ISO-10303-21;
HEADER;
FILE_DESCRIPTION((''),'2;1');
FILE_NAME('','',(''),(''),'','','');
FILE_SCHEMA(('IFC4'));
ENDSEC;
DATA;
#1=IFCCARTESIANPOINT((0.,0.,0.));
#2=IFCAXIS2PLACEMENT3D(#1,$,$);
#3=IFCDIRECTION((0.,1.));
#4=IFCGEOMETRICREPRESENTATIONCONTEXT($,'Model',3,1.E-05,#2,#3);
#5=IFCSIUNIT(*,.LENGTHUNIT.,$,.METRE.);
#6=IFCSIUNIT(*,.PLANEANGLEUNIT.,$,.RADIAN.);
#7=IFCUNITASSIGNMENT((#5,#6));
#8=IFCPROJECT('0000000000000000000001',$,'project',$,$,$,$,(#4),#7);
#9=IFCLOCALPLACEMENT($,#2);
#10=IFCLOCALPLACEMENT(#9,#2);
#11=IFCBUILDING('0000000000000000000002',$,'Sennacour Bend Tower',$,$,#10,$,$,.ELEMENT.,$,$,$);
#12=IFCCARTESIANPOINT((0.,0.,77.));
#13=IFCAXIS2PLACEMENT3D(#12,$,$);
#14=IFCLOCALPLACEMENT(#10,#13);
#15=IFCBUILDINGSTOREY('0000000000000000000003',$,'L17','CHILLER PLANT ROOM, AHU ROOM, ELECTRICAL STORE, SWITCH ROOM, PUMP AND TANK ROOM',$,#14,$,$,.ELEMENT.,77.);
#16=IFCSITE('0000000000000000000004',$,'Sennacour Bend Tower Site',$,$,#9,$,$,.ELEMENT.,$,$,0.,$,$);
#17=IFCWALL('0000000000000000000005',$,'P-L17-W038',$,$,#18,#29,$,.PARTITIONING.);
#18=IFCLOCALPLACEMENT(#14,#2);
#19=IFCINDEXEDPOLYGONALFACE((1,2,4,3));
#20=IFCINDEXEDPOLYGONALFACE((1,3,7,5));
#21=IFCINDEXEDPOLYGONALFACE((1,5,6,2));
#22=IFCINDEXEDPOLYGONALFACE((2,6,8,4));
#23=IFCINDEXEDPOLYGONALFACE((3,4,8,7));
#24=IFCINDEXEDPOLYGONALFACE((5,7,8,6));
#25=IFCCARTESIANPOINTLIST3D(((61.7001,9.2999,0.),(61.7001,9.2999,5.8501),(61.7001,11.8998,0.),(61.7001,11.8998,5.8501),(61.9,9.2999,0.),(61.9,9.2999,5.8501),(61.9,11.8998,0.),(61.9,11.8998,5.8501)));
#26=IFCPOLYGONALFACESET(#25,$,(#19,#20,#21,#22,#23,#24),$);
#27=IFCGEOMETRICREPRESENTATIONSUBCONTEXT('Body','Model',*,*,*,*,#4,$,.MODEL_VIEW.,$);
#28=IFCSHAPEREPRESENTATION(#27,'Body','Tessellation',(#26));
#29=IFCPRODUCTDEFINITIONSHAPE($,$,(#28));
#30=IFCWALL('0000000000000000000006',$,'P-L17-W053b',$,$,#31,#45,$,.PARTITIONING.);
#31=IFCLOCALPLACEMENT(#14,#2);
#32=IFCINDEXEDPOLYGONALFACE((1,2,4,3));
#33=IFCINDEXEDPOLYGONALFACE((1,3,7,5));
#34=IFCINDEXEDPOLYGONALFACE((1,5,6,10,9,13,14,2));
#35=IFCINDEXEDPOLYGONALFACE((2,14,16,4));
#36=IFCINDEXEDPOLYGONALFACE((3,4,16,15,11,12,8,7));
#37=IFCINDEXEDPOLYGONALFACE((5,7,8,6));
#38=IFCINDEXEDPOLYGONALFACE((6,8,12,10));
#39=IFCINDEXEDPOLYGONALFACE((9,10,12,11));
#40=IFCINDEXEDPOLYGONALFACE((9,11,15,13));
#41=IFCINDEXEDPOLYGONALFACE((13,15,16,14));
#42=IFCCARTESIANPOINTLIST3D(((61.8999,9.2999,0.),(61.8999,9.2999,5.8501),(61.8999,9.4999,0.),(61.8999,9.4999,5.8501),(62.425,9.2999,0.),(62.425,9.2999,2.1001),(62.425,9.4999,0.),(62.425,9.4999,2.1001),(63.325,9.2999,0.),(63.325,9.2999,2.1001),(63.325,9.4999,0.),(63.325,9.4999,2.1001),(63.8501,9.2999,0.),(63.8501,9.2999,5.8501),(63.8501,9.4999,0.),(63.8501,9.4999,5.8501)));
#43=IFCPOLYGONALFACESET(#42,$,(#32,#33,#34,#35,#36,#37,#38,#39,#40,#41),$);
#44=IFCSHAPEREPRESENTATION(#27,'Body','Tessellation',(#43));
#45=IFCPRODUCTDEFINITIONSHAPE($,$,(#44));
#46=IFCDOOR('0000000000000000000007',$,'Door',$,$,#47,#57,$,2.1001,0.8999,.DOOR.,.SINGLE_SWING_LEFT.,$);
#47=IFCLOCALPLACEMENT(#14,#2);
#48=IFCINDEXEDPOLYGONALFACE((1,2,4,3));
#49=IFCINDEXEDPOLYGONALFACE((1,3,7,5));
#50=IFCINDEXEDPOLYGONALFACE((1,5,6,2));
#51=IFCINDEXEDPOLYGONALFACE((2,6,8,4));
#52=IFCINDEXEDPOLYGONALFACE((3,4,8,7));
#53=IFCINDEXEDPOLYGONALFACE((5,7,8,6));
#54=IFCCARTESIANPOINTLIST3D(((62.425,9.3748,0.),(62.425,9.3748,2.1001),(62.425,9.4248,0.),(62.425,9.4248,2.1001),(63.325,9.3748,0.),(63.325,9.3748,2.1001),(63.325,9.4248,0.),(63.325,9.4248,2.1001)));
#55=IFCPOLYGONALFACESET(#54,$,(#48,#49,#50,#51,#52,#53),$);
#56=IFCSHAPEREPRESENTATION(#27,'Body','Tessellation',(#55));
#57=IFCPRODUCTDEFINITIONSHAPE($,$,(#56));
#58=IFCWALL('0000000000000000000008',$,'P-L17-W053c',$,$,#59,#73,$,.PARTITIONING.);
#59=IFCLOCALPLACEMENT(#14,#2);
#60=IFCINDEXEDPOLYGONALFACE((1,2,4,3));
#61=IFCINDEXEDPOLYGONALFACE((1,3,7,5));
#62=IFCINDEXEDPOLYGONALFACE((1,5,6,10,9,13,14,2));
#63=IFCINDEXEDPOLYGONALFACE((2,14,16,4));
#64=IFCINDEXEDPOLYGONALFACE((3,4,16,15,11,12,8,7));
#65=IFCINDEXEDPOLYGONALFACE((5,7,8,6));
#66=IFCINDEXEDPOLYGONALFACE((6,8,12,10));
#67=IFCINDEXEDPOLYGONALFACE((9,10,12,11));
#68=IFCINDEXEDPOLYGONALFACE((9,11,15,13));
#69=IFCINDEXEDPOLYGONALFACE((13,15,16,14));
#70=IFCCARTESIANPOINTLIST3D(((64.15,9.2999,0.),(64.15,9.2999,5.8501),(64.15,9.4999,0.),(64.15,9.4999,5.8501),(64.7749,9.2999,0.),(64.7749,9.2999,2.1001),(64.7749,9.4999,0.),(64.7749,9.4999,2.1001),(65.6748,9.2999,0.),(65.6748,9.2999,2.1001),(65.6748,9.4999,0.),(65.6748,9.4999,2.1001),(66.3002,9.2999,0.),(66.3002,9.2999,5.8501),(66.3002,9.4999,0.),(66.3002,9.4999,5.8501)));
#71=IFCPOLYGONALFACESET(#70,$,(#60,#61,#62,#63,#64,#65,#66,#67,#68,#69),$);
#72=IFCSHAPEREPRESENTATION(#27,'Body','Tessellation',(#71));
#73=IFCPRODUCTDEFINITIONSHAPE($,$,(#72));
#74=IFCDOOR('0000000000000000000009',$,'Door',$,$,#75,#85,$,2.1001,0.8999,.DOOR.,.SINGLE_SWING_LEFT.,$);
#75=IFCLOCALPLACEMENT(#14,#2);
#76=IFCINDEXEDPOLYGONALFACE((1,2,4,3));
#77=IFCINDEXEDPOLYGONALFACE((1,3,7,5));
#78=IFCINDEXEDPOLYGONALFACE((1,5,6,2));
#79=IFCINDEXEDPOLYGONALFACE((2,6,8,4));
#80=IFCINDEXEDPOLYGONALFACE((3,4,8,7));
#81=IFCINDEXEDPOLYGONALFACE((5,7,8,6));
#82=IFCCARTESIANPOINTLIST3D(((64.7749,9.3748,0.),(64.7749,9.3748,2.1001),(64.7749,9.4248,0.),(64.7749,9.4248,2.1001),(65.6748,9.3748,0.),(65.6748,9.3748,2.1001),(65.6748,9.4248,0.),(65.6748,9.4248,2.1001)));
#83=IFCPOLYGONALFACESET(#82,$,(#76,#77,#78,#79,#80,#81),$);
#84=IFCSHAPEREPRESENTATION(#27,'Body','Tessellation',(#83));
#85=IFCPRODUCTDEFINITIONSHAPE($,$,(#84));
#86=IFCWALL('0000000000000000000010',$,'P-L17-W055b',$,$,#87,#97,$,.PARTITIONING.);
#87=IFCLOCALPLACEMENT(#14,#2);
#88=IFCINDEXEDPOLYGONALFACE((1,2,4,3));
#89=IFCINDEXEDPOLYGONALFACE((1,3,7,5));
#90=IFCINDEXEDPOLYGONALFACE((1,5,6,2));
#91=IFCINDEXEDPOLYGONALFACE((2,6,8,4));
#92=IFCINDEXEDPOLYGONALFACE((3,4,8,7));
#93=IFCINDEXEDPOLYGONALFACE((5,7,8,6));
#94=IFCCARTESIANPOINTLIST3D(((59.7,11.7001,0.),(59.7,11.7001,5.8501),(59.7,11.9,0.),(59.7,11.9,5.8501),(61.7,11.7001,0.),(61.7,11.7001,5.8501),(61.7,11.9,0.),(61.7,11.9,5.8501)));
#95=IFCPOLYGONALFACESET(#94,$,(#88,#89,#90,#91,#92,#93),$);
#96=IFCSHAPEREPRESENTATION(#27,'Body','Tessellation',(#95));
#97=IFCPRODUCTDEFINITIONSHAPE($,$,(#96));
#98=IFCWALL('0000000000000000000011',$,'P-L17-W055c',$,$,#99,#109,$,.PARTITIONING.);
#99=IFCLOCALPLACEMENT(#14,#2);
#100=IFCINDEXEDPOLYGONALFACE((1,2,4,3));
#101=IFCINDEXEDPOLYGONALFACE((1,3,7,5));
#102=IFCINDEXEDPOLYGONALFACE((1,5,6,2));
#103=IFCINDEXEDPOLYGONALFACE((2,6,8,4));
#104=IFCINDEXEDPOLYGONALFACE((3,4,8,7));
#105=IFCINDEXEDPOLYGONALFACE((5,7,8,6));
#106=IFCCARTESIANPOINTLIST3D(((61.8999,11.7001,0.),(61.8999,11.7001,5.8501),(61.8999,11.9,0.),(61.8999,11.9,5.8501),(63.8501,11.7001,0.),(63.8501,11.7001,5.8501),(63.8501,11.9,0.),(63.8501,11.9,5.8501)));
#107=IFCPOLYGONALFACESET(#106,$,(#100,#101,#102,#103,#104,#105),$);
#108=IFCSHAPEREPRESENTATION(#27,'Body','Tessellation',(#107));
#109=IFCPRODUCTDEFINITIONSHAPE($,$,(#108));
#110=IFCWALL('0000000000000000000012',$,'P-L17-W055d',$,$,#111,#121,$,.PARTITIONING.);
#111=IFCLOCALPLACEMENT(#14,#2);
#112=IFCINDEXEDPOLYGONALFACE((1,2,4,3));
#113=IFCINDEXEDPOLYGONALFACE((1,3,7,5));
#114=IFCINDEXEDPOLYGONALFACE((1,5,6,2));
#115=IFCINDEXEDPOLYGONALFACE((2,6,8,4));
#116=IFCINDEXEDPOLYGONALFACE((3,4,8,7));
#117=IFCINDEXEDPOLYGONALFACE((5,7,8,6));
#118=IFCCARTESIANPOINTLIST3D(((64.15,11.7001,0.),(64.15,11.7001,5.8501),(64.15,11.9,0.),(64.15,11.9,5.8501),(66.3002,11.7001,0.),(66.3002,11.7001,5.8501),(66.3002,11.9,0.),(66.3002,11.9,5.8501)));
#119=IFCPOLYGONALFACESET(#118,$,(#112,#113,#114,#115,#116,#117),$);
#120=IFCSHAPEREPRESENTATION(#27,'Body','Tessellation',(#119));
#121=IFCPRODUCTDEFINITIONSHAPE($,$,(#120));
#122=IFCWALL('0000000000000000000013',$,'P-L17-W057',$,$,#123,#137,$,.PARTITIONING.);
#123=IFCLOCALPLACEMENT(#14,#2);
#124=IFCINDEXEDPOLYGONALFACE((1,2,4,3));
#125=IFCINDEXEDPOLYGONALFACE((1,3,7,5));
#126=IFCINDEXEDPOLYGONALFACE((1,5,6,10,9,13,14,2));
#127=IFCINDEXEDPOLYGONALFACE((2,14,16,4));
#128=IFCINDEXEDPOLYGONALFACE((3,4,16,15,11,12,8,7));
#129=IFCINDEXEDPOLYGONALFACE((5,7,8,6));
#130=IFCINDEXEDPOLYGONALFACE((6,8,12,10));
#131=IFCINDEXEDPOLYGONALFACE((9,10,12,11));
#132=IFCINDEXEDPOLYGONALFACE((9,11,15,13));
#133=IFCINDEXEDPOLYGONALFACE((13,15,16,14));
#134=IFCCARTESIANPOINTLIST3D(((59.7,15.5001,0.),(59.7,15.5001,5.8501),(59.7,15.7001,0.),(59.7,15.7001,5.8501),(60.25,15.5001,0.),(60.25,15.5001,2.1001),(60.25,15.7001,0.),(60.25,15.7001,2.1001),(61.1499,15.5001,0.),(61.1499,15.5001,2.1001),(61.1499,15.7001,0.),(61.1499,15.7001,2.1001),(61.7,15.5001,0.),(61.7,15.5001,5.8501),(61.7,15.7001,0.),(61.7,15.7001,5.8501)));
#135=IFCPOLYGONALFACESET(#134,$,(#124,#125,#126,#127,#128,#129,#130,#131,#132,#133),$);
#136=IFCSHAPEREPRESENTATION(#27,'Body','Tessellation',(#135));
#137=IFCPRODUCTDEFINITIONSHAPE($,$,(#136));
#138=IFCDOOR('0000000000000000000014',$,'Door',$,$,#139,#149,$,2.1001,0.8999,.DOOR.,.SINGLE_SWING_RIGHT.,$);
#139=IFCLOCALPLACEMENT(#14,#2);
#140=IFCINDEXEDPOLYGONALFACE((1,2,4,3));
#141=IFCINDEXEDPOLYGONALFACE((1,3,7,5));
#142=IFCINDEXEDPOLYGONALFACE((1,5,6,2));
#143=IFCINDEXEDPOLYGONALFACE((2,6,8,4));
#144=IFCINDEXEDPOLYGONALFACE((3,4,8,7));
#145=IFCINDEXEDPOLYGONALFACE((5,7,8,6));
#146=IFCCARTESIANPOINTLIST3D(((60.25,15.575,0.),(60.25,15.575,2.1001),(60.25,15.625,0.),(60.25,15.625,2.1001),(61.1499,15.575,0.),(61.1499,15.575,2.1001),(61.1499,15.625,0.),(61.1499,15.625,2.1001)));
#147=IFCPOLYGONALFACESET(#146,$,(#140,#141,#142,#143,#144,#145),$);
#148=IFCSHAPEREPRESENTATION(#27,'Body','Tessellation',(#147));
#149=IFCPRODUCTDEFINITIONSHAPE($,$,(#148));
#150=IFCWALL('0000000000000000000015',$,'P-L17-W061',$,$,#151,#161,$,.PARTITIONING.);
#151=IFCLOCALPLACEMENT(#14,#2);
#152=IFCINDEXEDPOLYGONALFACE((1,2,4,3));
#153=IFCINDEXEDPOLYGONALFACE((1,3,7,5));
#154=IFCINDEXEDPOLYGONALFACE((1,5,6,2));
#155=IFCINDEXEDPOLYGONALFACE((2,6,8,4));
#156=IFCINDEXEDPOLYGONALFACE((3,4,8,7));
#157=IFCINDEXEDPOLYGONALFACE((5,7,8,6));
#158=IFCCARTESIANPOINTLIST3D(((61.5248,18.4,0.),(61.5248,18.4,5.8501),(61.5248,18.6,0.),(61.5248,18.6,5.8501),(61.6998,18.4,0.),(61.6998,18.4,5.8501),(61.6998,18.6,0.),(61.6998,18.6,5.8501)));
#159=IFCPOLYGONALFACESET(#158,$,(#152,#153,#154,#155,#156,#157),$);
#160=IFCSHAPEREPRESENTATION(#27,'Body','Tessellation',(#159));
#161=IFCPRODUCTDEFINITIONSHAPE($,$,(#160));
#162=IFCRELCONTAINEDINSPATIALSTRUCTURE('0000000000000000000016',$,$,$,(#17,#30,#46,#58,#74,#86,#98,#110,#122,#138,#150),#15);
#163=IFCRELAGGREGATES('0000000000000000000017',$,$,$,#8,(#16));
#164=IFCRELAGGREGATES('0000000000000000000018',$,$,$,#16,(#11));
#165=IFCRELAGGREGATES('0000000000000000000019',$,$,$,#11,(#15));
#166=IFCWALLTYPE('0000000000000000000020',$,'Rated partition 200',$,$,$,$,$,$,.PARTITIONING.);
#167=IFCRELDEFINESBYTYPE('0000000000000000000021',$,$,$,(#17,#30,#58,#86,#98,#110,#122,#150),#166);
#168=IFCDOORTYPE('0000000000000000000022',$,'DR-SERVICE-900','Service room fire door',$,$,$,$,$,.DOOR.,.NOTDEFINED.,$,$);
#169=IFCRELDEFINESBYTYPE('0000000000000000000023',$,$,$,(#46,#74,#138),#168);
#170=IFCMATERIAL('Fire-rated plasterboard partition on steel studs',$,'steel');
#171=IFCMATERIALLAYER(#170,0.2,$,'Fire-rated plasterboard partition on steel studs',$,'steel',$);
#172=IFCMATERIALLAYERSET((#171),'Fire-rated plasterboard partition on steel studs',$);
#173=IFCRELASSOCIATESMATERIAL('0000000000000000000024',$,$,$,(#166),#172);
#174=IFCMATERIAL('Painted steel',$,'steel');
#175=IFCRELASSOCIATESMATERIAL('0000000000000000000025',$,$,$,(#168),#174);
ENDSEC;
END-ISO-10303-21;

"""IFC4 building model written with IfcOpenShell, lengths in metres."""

from ifc_helpers import new_model, si_unit, direction, frame, frame_2d, origin, place, context, subcontext, project, spatial, rectangle, extrude, material, layer, layer_set, type_object, element, fill, save


model = new_model("IFC4")

# Units and contexts
model_context = context("Model", 3, precision=1e-05, world=origin(), true_north=direction((0.0, 1.0)))
body_context = subcontext(model_context, "Body", "Model", "MODEL_VIEW")
ifc_project = project(units=[si_unit("LENGTHUNIT", "METRE"), si_unit("PLANEANGLEUNIT", "RADIAN")], contexts=[model_context])

# Site, building, storey
site_placement = place(None, origin())
site = spatial("IfcSite", under=ifc_project, at=site_placement, Name="Sennacour Bend Tower Site", CompositionType="ELEMENT", RefElevation=0.0)
building_placement = place(site_placement, origin())
building = spatial("IfcBuilding", under=site, at=building_placement, Name="Sennacour Bend Tower", CompositionType="ELEMENT")
storey_placement = place(building_placement, frame((0.0, 0.0, 77.0)))
storey = spatial("IfcBuildingStorey", under=building, at=storey_placement, Name="L17", Description="CHILLER PLANT ROOM, AHU ROOM, ELECTRICAL STORE, SWITCH ROOM, PUMP AND TANK ROOM", CompositionType="ELEMENT", Elevation=77.0)

# Wall
ifc_material_1 = material(Name="Fire-rated plasterboard partition on steel studs", Category="steel")
ifc_layer_1 = layer(ifc_material_1, 0.2, Name="Fire-rated plasterboard partition on steel studs", Category="steel")
ifc_layer_set_1 = layer_set([ifc_layer_1], Name="Fire-rated plasterboard partition on steel studs")
wall_type_1 = type_object("IfcWallType", Name="Rated partition 200", PredefinedType="PARTITIONING", material=ifc_layer_set_1)
wall_1_placement = place(storey_placement, frame((61.8, 9.3, 0.0), z_axis=(0.0, 0.0, 1.0), x_axis=(0.0, 1.0, 0.0)))
element("IfcWall", 1, at=wall_1_placement, inside=storey, type_object=wall_type_1, Name="P-L17-W038", PredefinedType="PARTITIONING", context=body_context, shape_type="SweptSolid", body=[
    extrude(rectangle(XDim=2.5999, YDim=0.2, at=frame_2d((1.2998, 0.0))), origin(), (0.0, 0.0, 1.0), 5.8501),
])

# Walls, openings, doors
wall_2_placement = place(storey_placement, frame((61.8999, 9.3999, 0.0), z_axis=(0.0, 0.0, 1.0), x_axis=(1.0, 0.0, 0.0)))
wall_2 = element("IfcWall", 2, at=wall_2_placement, inside=storey, type_object=wall_type_1, Name="P-L17-W053b", PredefinedType="PARTITIONING", context=body_context, shape_type="SweptSolid", body=[
    extrude(rectangle(XDim=1.9502, YDim=0.2, at=frame_2d((0.9751, 0.0))), origin(), (0.0, 0.0, 1.0), 5.8501),
])
opening_1_placement = place(wall_2_placement, frame((0.5251, 0.0, 0.0)))
opening_1 = element("IfcOpeningElement", 3, at=opening_1_placement, cuts=wall_2, PredefinedType="OPENING", context=body_context, shape_type="SweptSolid", body=[
    extrude(rectangle(XDim=0.8999, YDim=2.1001, at=frame_2d((0.45, 1.05))), frame((0.0, 0.1099, 0.0), z_axis=(0.0, -1.0, 0.0), x_axis=(1.0, 0.0, 0.0)), (0.0, 0.0, 1.0), 0.22),
])
ifc_material_2 = material(Name="Painted steel", Category="steel")
door_type_1 = type_object("IfcDoorType", Name="DR-SERVICE-900", Description="Service room fire door", OperationType="NOTDEFINED", PredefinedType="DOOR", material=ifc_material_2)
door_1_placement = place(opening_1_placement, origin())
door_1 = element("IfcDoor", 4, at=door_1_placement, inside=storey, type_object=door_type_1, Name="Door", OperationType="SINGLE_SWING_LEFT", OverallHeight=2.1001, OverallWidth=0.8999, PredefinedType="DOOR", context=body_context, shape_type="SweptSolid", body=[
    extrude(rectangle(XDim=0.8999, YDim=2.1001, at=frame_2d((0.45, 1.05))), frame((0.0, 0.0249, 0.0), z_axis=(0.0, -1.0, 0.0), x_axis=(1.0, 0.0, 0.0)), (0.0, 0.0, 1.0), 0.05),
])
fill(opening_1, door_1)
wall_3_placement = place(storey_placement, frame((64.1499, 9.3999, 0.0), z_axis=(0.0, 0.0, 1.0), x_axis=(1.0, 0.0, 0.0)))
wall_3 = element("IfcWall", 5, at=wall_3_placement, inside=storey, type_object=wall_type_1, Name="P-L17-W053c", PredefinedType="PARTITIONING", context=body_context, shape_type="SweptSolid", body=[
    extrude(rectangle(XDim=2.1501, YDim=0.2, at=frame_2d((1.0752, 0.0))), origin(), (0.0, 0.0, 1.0), 5.8501),
])
opening_2_placement = place(wall_3_placement, frame((0.625, 0.0, 0.0)))
opening_2 = element("IfcOpeningElement", 6, at=opening_2_placement, cuts=wall_3, PredefinedType="OPENING", context=body_context, shape_type="SweptSolid", body=[
    extrude(rectangle(XDim=0.8999, YDim=2.1001, at=frame_2d((0.45, 1.05))), frame((0.0, 0.1099, 0.0), z_axis=(0.0, -1.0, 0.0), x_axis=(1.0, 0.0, 0.0)), (0.0, 0.0, 1.0), 0.22),
])
door_2_placement = place(opening_2_placement, origin())
door_2 = element("IfcDoor", 7, at=door_2_placement, inside=storey, type_object=door_type_1, Name="Door", OperationType="SINGLE_SWING_LEFT", OverallHeight=2.1001, OverallWidth=0.8999, PredefinedType="DOOR", context=body_context, shape_type="SweptSolid", body=[
    extrude(rectangle(XDim=0.8999, YDim=2.1001, at=frame_2d((0.45, 1.05))), frame((0.0, 0.0249, 0.0), z_axis=(0.0, -1.0, 0.0), x_axis=(1.0, 0.0, 0.0)), (0.0, 0.0, 1.0), 0.05),
])
fill(opening_2, door_2)

# Walls
wall_4_placement = place(storey_placement, frame((59.7, 11.8, 0.0), z_axis=(0.0, 0.0, 1.0), x_axis=(1.0, 0.0, 0.0)))
element("IfcWall", 8, at=wall_4_placement, inside=storey, type_object=wall_type_1, Name="P-L17-W055b", PredefinedType="PARTITIONING", context=body_context, shape_type="SweptSolid", body=[
    extrude(rectangle(XDim=2.0, YDim=0.2, at=frame_2d((1.0, 0.0))), origin(), (0.0, 0.0, 1.0), 5.8501),
])
wall_5_placement = place(storey_placement, frame((61.8999, 11.8, 0.0), z_axis=(0.0, 0.0, 1.0), x_axis=(1.0, 0.0, 0.0)))
element("IfcWall", 9, at=wall_5_placement, inside=storey, type_object=wall_type_1, Name="P-L17-W055c", PredefinedType="PARTITIONING", context=body_context, shape_type="SweptSolid", body=[
    extrude(rectangle(XDim=1.9502, YDim=0.2, at=frame_2d((0.9751, 0.0))), origin(), (0.0, 0.0, 1.0), 5.8501),
])
wall_6_placement = place(storey_placement, frame((64.1499, 11.8, 0.0), z_axis=(0.0, 0.0, 1.0), x_axis=(1.0, 0.0, 0.0)))
element("IfcWall", 10, at=wall_6_placement, inside=storey, type_object=wall_type_1, Name="P-L17-W055d", PredefinedType="PARTITIONING", context=body_context, shape_type="SweptSolid", body=[
    extrude(rectangle(XDim=2.1501, YDim=0.2, at=frame_2d((1.0752, 0.0))), origin(), (0.0, 0.0, 1.0), 5.8501),
])

# Wall, opening, door
wall_7_placement = place(storey_placement, frame((59.7, 15.6001, 0.0), z_axis=(0.0, 0.0, 1.0), x_axis=(1.0, 0.0, 0.0)))
wall_7 = element("IfcWall", 11, at=wall_7_placement, inside=storey, type_object=wall_type_1, Name="P-L17-W057", PredefinedType="PARTITIONING", context=body_context, shape_type="SweptSolid", body=[
    extrude(rectangle(XDim=2.0, YDim=0.2, at=frame_2d((1.0, 0.0))), origin(), (0.0, 0.0, 1.0), 5.8501),
])
opening_3_placement = place(wall_7_placement, frame((0.55, 0.0, 0.0)))
opening_3 = element("IfcOpeningElement", 12, at=opening_3_placement, cuts=wall_7, PredefinedType="OPENING", context=body_context, shape_type="SweptSolid", body=[
    extrude(rectangle(XDim=0.8999, YDim=2.1001, at=frame_2d((0.45, 1.05))), frame((0.0, 0.1099, 0.0), z_axis=(0.0, -1.0, 0.0), x_axis=(1.0, 0.0, 0.0)), (0.0, 0.0, 1.0), 0.22),
])
door_3_placement = place(opening_3_placement, origin())
door_3 = element("IfcDoor", 13, at=door_3_placement, inside=storey, type_object=door_type_1, Name="Door", OperationType="SINGLE_SWING_RIGHT", OverallHeight=2.1001, OverallWidth=0.8999, PredefinedType="DOOR", context=body_context, shape_type="SweptSolid", body=[
    extrude(rectangle(XDim=0.8999, YDim=2.1001, at=frame_2d((0.45, 1.05))), frame((0.0, 0.0249, 0.0), z_axis=(0.0, -1.0, 0.0), x_axis=(1.0, 0.0, 0.0)), (0.0, 0.0, 1.0), 0.05),
])
fill(opening_3, door_3)

# Wall
wall_8_placement = place(storey_placement, frame((61.5249, 18.5, 0.0), z_axis=(0.0, 0.0, 1.0), x_axis=(1.0, 0.0, 0.0)))
element("IfcWall", 14, at=wall_8_placement, inside=storey, type_object=wall_type_1, Name="P-L17-W061", PredefinedType="PARTITIONING", context=body_context, shape_type="SweptSolid", body=[
    extrude(rectangle(XDim=0.175, YDim=0.2, at=frame_2d((0.0874, 0.0))), origin(), (0.0, 0.0, 1.0), 5.8501),
])

save(model, "model.ifc")
